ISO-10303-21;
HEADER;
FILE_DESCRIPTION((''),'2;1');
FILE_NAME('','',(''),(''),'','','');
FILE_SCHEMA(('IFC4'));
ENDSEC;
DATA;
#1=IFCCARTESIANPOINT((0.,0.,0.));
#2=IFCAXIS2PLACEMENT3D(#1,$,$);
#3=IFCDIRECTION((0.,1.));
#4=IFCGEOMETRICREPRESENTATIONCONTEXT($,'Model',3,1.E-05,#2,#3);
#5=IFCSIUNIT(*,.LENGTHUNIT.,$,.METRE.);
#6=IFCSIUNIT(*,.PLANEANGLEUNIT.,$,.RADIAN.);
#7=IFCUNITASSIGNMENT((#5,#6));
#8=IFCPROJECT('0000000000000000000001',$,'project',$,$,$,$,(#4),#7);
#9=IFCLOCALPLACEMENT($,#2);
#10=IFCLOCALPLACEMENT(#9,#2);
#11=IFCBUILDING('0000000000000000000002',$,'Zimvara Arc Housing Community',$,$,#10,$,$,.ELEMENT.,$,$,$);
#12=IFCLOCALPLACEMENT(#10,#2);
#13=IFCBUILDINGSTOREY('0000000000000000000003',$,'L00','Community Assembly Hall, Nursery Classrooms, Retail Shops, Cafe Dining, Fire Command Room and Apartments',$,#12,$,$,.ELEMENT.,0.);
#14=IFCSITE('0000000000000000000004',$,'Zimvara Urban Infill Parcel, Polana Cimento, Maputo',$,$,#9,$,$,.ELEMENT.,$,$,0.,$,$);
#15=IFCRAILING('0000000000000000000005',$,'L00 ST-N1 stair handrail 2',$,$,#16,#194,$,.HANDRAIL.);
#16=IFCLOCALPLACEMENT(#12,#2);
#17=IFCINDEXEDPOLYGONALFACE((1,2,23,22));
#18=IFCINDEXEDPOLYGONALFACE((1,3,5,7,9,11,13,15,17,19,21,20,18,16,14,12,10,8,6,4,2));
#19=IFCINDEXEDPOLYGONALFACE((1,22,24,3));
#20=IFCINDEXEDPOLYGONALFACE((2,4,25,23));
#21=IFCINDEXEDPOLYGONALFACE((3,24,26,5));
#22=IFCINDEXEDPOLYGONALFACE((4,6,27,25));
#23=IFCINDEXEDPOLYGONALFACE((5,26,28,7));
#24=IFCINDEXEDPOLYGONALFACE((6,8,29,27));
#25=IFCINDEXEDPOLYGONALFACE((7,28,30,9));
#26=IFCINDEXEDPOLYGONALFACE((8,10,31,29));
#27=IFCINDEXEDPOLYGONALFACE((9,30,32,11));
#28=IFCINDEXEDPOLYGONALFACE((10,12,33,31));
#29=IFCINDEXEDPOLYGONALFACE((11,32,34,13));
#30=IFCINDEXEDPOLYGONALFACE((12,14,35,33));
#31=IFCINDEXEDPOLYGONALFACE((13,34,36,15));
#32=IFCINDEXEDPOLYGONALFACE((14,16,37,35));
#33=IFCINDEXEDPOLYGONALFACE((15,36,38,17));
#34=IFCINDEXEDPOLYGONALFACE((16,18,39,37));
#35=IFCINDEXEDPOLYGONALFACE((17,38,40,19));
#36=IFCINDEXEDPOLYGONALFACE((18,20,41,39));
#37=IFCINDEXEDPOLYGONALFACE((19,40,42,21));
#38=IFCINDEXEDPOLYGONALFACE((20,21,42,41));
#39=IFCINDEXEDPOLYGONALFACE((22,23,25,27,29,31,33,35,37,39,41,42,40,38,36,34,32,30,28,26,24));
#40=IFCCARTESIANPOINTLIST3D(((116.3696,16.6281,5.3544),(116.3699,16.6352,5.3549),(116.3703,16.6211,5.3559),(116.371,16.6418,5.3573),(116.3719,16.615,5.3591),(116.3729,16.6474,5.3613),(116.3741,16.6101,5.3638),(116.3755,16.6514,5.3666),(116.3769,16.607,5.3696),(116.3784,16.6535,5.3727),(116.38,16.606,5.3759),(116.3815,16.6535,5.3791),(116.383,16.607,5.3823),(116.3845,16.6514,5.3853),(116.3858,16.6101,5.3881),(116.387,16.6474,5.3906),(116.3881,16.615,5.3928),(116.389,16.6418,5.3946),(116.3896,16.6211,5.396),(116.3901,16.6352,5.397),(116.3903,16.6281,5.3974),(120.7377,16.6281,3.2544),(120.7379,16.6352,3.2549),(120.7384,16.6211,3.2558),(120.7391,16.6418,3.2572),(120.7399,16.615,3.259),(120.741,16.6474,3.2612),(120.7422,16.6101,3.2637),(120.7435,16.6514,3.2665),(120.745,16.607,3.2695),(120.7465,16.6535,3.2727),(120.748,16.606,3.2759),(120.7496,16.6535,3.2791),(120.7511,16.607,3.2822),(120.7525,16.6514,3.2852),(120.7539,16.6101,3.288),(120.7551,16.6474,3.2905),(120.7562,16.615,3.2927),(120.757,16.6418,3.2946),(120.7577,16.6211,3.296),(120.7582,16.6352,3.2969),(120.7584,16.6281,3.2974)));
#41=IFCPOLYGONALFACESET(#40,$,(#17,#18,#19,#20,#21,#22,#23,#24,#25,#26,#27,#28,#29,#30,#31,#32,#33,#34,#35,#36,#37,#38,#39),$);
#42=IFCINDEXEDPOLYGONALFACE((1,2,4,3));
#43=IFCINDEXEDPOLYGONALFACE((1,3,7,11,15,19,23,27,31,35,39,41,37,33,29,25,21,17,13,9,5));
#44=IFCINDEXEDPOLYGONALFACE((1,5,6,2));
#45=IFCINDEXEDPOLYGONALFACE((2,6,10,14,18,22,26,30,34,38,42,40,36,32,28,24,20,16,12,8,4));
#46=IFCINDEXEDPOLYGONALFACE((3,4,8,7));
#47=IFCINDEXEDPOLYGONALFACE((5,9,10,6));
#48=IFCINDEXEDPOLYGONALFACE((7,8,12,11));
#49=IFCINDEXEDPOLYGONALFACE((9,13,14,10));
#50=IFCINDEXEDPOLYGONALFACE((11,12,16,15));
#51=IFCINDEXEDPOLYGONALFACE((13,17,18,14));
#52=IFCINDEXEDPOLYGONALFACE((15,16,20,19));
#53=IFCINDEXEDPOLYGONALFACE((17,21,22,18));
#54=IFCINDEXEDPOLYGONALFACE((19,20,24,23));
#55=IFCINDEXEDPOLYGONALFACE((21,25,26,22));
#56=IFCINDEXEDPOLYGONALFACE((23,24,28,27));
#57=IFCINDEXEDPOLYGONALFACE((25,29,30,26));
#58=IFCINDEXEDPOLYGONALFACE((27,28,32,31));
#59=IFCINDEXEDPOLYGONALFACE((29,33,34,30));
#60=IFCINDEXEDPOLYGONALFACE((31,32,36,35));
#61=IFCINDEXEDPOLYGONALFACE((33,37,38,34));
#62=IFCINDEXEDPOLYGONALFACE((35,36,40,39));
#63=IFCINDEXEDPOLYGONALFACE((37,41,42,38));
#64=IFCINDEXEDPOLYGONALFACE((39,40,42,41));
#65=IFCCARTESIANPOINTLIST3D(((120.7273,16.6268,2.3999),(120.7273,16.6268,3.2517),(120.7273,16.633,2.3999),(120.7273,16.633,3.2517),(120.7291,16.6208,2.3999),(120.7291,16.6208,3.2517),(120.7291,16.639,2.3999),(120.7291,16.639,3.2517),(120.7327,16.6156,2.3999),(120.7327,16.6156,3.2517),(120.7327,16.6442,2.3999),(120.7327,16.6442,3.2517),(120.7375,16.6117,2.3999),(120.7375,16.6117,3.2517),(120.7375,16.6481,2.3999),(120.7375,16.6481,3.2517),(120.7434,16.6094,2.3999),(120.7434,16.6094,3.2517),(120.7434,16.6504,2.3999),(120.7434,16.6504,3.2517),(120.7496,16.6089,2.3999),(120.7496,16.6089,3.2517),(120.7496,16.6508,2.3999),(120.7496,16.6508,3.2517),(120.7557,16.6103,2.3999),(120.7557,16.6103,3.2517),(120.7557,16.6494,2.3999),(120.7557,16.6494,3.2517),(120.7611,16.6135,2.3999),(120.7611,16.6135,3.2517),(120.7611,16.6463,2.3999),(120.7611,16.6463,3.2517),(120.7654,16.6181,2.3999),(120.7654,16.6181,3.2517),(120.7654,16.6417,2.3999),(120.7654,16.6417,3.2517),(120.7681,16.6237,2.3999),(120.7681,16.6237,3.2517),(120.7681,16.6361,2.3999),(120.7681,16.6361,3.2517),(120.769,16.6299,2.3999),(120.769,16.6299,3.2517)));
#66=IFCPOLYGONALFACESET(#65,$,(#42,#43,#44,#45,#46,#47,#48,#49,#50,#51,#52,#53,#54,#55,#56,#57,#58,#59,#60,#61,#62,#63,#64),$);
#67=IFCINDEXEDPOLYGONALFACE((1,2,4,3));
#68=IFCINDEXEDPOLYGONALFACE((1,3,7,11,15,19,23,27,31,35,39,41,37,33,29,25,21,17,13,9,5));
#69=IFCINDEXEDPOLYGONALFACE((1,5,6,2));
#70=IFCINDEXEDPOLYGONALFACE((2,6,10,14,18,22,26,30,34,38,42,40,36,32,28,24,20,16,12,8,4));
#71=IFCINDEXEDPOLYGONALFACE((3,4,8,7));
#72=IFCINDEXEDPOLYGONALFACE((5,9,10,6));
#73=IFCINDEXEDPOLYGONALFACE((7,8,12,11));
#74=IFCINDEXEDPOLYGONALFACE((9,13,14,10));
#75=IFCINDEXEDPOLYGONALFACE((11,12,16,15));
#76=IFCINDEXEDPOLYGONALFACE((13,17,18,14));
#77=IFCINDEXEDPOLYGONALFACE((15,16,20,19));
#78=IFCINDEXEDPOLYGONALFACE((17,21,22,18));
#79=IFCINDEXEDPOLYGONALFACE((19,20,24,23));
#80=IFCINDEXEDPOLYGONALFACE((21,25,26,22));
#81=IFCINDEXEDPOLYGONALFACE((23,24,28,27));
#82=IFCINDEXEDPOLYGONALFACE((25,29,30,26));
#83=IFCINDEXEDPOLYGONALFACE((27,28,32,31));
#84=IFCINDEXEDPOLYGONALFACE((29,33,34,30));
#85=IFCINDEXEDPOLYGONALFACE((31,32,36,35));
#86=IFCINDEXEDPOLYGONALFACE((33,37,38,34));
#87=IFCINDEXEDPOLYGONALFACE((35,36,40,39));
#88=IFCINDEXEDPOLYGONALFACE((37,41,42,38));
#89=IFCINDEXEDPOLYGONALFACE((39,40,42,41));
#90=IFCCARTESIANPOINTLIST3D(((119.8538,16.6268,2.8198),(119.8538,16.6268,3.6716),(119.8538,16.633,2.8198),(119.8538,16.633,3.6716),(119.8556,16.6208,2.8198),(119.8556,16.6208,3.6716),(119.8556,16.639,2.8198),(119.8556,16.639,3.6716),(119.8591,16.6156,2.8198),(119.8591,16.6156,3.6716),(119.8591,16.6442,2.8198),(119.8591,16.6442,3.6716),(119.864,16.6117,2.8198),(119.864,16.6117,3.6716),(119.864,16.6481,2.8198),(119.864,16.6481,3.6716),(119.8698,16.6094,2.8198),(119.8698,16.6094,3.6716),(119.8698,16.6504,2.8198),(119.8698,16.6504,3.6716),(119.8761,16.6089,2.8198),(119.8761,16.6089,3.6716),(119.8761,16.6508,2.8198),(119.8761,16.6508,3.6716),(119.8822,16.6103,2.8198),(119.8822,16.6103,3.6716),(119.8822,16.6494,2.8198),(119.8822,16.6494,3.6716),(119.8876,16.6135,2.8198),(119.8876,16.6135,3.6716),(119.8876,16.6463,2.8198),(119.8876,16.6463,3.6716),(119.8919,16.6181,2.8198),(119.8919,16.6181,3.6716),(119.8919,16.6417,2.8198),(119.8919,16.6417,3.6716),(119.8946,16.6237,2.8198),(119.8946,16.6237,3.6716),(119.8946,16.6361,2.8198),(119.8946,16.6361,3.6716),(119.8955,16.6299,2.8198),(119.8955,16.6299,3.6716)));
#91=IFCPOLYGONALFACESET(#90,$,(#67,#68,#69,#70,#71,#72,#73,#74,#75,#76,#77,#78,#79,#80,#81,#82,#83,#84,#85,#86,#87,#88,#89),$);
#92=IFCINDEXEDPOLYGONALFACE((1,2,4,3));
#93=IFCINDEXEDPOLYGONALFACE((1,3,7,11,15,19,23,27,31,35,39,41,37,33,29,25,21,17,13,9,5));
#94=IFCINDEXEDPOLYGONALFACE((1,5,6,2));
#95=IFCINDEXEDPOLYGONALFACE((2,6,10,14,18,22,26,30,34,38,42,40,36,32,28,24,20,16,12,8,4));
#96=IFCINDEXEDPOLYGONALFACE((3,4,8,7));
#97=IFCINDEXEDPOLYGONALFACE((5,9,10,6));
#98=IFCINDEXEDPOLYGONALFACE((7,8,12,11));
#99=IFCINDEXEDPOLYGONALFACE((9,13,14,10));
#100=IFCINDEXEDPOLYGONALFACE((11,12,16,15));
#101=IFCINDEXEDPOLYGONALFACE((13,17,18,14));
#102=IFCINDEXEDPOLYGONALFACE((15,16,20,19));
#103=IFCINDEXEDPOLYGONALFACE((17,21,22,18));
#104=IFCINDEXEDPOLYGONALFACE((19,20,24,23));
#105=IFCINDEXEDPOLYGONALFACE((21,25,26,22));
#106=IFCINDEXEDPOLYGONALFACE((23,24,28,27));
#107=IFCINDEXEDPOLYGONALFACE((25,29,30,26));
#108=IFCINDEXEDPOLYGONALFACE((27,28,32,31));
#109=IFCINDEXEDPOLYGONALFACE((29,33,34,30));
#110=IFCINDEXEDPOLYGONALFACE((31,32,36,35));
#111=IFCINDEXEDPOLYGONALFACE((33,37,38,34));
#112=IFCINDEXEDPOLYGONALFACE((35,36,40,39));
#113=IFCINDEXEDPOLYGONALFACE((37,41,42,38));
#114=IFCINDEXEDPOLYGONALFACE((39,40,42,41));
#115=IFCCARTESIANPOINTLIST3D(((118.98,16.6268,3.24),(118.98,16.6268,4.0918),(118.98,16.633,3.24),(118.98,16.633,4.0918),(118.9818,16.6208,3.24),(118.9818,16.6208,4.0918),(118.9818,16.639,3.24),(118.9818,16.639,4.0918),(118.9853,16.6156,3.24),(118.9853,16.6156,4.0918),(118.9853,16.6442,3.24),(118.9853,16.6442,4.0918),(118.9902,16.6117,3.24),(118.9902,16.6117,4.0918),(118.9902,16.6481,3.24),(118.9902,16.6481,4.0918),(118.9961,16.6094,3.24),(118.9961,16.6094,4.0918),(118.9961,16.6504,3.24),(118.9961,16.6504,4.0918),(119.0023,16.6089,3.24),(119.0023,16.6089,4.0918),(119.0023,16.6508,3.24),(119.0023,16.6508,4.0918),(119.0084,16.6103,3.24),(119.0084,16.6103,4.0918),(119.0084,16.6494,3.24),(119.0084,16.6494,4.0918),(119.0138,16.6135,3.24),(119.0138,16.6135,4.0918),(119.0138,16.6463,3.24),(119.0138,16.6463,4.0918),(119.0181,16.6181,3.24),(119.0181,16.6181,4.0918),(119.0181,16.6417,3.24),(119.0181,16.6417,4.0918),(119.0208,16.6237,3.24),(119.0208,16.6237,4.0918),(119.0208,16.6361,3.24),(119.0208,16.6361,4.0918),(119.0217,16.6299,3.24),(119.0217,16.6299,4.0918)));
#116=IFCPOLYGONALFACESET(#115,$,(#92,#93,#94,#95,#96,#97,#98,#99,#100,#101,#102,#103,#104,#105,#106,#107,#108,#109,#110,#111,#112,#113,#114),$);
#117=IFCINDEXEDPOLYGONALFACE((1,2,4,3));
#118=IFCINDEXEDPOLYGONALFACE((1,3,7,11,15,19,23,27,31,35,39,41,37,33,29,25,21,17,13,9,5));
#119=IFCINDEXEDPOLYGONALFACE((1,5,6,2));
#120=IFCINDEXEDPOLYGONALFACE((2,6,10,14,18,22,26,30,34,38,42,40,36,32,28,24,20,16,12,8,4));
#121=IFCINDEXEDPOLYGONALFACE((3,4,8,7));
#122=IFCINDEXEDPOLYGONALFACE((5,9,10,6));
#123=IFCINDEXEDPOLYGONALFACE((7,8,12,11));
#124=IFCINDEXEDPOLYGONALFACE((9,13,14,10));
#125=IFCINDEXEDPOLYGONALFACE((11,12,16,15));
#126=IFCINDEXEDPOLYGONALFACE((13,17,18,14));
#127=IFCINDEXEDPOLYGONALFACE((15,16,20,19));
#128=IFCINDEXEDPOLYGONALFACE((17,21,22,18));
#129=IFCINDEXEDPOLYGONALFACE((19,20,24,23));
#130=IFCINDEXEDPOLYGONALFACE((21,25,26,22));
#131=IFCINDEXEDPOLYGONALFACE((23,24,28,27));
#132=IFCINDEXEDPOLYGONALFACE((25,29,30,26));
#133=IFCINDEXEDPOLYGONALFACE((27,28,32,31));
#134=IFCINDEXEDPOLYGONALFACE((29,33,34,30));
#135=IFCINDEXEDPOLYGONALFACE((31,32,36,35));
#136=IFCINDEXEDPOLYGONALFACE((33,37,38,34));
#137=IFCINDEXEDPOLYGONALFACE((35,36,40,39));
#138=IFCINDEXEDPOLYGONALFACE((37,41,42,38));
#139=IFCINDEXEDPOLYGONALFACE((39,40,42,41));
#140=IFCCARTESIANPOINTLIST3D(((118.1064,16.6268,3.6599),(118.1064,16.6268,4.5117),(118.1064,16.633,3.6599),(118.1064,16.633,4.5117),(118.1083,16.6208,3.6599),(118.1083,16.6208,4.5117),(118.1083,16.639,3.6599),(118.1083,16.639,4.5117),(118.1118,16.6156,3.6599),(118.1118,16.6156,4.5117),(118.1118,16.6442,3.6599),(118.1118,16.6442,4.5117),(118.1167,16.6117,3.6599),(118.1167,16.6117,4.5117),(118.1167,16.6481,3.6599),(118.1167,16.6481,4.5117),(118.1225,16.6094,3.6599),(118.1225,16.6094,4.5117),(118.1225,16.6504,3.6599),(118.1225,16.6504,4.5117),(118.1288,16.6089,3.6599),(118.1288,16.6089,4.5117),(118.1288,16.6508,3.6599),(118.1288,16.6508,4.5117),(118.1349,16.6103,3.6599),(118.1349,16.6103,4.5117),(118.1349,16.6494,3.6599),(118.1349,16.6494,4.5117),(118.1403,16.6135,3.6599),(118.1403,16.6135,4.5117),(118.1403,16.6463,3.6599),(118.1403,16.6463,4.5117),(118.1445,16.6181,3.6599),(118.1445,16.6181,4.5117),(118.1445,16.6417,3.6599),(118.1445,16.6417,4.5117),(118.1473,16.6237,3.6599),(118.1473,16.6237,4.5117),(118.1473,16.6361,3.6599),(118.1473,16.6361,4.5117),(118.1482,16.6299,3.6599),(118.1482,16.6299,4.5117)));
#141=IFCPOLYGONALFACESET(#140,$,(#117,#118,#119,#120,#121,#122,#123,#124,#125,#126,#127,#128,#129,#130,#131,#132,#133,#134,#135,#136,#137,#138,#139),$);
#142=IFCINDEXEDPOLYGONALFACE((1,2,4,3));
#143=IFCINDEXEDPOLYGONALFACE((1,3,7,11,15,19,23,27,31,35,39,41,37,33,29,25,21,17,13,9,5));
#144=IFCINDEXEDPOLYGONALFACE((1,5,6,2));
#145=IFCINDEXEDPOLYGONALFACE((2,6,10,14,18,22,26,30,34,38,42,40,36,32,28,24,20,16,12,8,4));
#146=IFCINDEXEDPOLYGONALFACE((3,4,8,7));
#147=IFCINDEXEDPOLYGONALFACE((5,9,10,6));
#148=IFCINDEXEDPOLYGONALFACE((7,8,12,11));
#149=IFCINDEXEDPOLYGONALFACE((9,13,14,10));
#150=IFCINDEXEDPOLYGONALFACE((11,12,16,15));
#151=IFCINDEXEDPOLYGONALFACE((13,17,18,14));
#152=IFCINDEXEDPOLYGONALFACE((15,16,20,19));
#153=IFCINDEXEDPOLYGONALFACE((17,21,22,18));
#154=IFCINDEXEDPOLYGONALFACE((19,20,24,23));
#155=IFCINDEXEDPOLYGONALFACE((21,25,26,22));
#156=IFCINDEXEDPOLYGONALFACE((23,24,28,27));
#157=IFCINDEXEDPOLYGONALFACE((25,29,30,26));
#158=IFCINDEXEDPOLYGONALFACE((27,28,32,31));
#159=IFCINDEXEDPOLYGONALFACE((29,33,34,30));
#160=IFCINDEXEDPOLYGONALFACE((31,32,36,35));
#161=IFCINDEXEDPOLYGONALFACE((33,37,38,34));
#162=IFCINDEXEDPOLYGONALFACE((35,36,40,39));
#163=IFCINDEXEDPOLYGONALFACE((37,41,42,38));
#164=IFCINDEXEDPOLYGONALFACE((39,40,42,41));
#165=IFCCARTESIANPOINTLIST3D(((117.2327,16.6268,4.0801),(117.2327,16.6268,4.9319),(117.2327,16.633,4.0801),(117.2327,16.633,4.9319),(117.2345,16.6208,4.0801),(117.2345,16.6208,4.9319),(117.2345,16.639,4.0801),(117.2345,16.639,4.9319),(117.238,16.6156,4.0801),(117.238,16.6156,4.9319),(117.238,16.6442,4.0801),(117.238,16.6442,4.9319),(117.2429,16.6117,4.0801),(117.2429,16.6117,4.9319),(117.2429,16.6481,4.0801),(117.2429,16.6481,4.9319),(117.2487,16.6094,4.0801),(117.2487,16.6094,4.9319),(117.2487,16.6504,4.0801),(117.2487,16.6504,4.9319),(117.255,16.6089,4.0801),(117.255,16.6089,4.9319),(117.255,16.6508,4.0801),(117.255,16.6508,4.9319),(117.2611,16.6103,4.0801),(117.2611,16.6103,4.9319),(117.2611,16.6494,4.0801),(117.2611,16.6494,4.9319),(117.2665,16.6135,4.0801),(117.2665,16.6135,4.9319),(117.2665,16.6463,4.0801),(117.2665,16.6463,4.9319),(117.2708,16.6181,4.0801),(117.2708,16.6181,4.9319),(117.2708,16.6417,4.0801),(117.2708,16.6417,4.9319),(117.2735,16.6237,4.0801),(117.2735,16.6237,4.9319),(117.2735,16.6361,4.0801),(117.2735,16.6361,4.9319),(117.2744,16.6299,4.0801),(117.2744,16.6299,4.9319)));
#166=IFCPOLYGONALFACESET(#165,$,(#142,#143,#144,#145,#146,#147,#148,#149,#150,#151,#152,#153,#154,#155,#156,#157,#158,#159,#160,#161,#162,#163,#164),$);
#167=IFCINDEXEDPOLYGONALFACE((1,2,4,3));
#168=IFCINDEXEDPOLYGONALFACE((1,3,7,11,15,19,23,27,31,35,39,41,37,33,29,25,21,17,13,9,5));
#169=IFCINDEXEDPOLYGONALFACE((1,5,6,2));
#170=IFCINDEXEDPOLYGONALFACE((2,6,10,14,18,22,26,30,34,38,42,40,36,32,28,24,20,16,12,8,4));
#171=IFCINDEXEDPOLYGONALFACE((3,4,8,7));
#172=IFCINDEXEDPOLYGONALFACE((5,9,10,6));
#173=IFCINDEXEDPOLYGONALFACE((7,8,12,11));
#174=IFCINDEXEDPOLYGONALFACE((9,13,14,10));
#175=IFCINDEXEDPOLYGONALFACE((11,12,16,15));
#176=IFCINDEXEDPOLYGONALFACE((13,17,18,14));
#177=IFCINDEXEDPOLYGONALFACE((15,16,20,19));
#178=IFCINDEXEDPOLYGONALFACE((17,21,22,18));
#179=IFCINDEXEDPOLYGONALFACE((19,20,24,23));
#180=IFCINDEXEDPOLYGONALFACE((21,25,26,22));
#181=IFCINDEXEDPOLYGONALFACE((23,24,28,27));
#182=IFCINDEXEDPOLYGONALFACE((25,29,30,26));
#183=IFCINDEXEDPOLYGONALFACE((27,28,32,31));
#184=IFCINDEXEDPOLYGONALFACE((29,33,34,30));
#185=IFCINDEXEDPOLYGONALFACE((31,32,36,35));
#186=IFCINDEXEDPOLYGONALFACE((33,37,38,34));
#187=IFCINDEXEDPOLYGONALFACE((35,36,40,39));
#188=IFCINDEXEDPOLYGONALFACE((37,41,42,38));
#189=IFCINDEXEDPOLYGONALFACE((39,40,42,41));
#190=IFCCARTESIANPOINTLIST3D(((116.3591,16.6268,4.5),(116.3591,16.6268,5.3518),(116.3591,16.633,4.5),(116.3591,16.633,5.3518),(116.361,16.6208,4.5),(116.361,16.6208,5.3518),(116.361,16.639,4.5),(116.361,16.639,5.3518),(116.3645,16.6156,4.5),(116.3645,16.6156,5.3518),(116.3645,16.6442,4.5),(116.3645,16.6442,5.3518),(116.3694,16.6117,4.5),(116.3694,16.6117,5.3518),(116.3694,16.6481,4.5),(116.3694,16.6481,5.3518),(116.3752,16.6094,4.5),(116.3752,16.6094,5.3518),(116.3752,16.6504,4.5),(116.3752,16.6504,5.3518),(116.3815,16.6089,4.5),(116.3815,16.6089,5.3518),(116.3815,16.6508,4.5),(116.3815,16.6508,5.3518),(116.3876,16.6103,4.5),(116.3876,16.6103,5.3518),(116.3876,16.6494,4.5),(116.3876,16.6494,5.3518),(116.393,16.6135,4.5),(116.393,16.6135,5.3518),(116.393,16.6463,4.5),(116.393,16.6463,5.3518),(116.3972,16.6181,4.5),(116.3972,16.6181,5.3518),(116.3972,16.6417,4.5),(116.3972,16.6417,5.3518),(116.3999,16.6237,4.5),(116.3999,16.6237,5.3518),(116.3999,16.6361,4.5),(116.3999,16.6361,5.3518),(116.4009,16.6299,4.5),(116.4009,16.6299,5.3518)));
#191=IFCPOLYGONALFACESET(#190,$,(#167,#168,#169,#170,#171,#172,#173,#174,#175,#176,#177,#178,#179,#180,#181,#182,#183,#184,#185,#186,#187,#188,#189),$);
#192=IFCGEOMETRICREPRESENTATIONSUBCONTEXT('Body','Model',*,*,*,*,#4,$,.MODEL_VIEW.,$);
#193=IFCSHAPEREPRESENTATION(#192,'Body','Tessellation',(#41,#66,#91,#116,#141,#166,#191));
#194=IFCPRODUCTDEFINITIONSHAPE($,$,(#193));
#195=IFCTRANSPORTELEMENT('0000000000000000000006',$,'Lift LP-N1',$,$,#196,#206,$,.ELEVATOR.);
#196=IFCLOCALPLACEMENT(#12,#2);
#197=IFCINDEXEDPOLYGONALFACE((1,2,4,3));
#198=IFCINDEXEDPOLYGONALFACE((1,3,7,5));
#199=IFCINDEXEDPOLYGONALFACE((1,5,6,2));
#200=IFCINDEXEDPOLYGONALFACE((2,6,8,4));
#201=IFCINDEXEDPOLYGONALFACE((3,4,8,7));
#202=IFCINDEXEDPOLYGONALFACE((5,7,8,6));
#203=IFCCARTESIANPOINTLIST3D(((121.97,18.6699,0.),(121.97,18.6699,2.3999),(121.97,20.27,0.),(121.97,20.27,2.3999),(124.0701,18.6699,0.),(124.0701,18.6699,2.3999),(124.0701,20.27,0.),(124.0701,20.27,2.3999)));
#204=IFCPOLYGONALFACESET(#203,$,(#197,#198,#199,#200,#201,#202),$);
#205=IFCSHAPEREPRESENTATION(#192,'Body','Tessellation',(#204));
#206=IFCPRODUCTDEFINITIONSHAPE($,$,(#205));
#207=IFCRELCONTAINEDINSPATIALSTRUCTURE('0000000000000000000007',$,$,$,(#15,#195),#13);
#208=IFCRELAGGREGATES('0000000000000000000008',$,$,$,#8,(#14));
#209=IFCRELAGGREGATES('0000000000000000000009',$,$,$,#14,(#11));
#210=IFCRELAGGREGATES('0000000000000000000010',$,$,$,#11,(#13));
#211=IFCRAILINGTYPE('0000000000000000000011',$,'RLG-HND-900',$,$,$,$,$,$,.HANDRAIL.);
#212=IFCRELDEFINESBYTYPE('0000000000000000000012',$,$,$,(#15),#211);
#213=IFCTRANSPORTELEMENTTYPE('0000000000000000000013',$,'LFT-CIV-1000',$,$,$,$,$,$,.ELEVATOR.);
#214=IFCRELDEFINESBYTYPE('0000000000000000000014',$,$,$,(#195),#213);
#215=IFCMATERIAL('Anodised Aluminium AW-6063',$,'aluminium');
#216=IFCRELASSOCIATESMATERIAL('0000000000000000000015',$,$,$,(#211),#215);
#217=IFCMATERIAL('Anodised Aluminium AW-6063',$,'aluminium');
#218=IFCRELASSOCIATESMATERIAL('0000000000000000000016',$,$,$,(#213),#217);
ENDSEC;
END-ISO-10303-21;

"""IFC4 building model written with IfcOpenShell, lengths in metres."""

from ifc_helpers import new_model, si_unit, direction, frame, origin, origin_2d, place, context, subcontext, project, spatial, rectangle, circle, extrude, material, type_object, element, save


model = new_model("IFC4")

# Units and contexts
model_context = context("Model", 3, precision=1e-05, world=origin(), true_north=direction((0.0, 1.0)))
body_context = subcontext(model_context, "Body", "Model", "MODEL_VIEW")
ifc_project = project(units=[si_unit("LENGTHUNIT", "METRE"), si_unit("PLANEANGLEUNIT", "RADIAN")], contexts=[model_context])

# Site, building, storey
site_placement = place(None, origin())
site = spatial("IfcSite", under=ifc_project, at=site_placement, Name="Zimvara Urban Infill Parcel, Polana Cimento, Maputo", CompositionType="ELEMENT", RefElevation=0.0)
building_placement = place(site_placement, origin())
building = spatial("IfcBuilding", under=site, at=building_placement, Name="Zimvara Arc Housing Community", CompositionType="ELEMENT")
storey_placement = place(building_placement, origin())
storey = spatial("IfcBuildingStorey", under=building, at=storey_placement, Name="L00", Description="Community Assembly Hall, Nursery Classrooms, Retail Shops, Cafe Dining, Fire Command Room and Apartments", CompositionType="ELEMENT", Elevation=0.0)

# Railing
ifc_material_1 = material(Name="Anodised Aluminium AW-6063", Category="aluminium")
railing_type_1 = type_object("IfcRailingType", Name="RLG-HND-900", PredefinedType="HANDRAIL", material=ifc_material_1)
railing_1_placement = place(storey_placement, frame((120.748, 16.6299, 2.3999)))
element("IfcRailing", 1, at=railing_1_placement, inside=storey, type_object=railing_type_1, Name="L00 ST-N1 stair handrail 2", PredefinedType="HANDRAIL", context=body_context, shape_type="SweptSolid", body=[
    extrude(circle(Radius=0.0239, at=origin_2d()), frame((0.0, 0.0, 0.876), z_axis=(-0.901251, 0.0, 0.433298), x_axis=(0.0, -1.0, 0.0)), (0.0, 0.0, 1.0), 4.8467),
    extrude(circle(Radius=0.021, at=origin_2d()), origin(), (0.0, 0.0, 1.0), 0.8518),
    extrude(circle(Radius=0.021, at=origin_2d()), frame((-0.8735, 0.0, 0.4199)), (0.0, 0.0, 1.0), 0.8518),
    extrude(circle(Radius=0.021, at=origin_2d()), frame((-1.7473, 0.0, 0.8401)), (0.0, 0.0, 1.0), 0.8518),
    extrude(circle(Radius=0.021, at=origin_2d()), frame((-2.6208, 0.0, 1.26)), (0.0, 0.0, 1.0), 0.8518),
    extrude(circle(Radius=0.021, at=origin_2d()), frame((-3.4946, 0.0, 1.6802)), (0.0, 0.0, 1.0), 0.8518),
    extrude(circle(Radius=0.021, at=origin_2d()), frame((-4.3682, 0.0, 2.1001)), (0.0, 0.0, 1.0), 0.8518),
])

# Transport element
ifc_material_2 = material(Name="Anodised Aluminium AW-6063", Category="aluminium")
transport_element_type = type_object("IfcTransportElementType", Name="LFT-CIV-1000", PredefinedType="ELEVATOR", material=ifc_material_2)
transport_element_placement = place(storey_placement, frame((123.02, 19.47, 0.0), z_axis=(0.0, 0.0, 1.0), x_axis=(1.0, 0.0, 0.0)))
element("IfcTransportElement", 2, at=transport_element_placement, inside=storey, type_object=transport_element_type, Name="Lift LP-N1", PredefinedType="ELEVATOR", context=body_context, shape_type="SweptSolid", body=[
    extrude(rectangle(XDim=2.1001, YDim=1.6001, at=origin_2d()), origin(), (0.0, 0.0, 1.0), 2.3999),
])

save(model, "model.ifc")
